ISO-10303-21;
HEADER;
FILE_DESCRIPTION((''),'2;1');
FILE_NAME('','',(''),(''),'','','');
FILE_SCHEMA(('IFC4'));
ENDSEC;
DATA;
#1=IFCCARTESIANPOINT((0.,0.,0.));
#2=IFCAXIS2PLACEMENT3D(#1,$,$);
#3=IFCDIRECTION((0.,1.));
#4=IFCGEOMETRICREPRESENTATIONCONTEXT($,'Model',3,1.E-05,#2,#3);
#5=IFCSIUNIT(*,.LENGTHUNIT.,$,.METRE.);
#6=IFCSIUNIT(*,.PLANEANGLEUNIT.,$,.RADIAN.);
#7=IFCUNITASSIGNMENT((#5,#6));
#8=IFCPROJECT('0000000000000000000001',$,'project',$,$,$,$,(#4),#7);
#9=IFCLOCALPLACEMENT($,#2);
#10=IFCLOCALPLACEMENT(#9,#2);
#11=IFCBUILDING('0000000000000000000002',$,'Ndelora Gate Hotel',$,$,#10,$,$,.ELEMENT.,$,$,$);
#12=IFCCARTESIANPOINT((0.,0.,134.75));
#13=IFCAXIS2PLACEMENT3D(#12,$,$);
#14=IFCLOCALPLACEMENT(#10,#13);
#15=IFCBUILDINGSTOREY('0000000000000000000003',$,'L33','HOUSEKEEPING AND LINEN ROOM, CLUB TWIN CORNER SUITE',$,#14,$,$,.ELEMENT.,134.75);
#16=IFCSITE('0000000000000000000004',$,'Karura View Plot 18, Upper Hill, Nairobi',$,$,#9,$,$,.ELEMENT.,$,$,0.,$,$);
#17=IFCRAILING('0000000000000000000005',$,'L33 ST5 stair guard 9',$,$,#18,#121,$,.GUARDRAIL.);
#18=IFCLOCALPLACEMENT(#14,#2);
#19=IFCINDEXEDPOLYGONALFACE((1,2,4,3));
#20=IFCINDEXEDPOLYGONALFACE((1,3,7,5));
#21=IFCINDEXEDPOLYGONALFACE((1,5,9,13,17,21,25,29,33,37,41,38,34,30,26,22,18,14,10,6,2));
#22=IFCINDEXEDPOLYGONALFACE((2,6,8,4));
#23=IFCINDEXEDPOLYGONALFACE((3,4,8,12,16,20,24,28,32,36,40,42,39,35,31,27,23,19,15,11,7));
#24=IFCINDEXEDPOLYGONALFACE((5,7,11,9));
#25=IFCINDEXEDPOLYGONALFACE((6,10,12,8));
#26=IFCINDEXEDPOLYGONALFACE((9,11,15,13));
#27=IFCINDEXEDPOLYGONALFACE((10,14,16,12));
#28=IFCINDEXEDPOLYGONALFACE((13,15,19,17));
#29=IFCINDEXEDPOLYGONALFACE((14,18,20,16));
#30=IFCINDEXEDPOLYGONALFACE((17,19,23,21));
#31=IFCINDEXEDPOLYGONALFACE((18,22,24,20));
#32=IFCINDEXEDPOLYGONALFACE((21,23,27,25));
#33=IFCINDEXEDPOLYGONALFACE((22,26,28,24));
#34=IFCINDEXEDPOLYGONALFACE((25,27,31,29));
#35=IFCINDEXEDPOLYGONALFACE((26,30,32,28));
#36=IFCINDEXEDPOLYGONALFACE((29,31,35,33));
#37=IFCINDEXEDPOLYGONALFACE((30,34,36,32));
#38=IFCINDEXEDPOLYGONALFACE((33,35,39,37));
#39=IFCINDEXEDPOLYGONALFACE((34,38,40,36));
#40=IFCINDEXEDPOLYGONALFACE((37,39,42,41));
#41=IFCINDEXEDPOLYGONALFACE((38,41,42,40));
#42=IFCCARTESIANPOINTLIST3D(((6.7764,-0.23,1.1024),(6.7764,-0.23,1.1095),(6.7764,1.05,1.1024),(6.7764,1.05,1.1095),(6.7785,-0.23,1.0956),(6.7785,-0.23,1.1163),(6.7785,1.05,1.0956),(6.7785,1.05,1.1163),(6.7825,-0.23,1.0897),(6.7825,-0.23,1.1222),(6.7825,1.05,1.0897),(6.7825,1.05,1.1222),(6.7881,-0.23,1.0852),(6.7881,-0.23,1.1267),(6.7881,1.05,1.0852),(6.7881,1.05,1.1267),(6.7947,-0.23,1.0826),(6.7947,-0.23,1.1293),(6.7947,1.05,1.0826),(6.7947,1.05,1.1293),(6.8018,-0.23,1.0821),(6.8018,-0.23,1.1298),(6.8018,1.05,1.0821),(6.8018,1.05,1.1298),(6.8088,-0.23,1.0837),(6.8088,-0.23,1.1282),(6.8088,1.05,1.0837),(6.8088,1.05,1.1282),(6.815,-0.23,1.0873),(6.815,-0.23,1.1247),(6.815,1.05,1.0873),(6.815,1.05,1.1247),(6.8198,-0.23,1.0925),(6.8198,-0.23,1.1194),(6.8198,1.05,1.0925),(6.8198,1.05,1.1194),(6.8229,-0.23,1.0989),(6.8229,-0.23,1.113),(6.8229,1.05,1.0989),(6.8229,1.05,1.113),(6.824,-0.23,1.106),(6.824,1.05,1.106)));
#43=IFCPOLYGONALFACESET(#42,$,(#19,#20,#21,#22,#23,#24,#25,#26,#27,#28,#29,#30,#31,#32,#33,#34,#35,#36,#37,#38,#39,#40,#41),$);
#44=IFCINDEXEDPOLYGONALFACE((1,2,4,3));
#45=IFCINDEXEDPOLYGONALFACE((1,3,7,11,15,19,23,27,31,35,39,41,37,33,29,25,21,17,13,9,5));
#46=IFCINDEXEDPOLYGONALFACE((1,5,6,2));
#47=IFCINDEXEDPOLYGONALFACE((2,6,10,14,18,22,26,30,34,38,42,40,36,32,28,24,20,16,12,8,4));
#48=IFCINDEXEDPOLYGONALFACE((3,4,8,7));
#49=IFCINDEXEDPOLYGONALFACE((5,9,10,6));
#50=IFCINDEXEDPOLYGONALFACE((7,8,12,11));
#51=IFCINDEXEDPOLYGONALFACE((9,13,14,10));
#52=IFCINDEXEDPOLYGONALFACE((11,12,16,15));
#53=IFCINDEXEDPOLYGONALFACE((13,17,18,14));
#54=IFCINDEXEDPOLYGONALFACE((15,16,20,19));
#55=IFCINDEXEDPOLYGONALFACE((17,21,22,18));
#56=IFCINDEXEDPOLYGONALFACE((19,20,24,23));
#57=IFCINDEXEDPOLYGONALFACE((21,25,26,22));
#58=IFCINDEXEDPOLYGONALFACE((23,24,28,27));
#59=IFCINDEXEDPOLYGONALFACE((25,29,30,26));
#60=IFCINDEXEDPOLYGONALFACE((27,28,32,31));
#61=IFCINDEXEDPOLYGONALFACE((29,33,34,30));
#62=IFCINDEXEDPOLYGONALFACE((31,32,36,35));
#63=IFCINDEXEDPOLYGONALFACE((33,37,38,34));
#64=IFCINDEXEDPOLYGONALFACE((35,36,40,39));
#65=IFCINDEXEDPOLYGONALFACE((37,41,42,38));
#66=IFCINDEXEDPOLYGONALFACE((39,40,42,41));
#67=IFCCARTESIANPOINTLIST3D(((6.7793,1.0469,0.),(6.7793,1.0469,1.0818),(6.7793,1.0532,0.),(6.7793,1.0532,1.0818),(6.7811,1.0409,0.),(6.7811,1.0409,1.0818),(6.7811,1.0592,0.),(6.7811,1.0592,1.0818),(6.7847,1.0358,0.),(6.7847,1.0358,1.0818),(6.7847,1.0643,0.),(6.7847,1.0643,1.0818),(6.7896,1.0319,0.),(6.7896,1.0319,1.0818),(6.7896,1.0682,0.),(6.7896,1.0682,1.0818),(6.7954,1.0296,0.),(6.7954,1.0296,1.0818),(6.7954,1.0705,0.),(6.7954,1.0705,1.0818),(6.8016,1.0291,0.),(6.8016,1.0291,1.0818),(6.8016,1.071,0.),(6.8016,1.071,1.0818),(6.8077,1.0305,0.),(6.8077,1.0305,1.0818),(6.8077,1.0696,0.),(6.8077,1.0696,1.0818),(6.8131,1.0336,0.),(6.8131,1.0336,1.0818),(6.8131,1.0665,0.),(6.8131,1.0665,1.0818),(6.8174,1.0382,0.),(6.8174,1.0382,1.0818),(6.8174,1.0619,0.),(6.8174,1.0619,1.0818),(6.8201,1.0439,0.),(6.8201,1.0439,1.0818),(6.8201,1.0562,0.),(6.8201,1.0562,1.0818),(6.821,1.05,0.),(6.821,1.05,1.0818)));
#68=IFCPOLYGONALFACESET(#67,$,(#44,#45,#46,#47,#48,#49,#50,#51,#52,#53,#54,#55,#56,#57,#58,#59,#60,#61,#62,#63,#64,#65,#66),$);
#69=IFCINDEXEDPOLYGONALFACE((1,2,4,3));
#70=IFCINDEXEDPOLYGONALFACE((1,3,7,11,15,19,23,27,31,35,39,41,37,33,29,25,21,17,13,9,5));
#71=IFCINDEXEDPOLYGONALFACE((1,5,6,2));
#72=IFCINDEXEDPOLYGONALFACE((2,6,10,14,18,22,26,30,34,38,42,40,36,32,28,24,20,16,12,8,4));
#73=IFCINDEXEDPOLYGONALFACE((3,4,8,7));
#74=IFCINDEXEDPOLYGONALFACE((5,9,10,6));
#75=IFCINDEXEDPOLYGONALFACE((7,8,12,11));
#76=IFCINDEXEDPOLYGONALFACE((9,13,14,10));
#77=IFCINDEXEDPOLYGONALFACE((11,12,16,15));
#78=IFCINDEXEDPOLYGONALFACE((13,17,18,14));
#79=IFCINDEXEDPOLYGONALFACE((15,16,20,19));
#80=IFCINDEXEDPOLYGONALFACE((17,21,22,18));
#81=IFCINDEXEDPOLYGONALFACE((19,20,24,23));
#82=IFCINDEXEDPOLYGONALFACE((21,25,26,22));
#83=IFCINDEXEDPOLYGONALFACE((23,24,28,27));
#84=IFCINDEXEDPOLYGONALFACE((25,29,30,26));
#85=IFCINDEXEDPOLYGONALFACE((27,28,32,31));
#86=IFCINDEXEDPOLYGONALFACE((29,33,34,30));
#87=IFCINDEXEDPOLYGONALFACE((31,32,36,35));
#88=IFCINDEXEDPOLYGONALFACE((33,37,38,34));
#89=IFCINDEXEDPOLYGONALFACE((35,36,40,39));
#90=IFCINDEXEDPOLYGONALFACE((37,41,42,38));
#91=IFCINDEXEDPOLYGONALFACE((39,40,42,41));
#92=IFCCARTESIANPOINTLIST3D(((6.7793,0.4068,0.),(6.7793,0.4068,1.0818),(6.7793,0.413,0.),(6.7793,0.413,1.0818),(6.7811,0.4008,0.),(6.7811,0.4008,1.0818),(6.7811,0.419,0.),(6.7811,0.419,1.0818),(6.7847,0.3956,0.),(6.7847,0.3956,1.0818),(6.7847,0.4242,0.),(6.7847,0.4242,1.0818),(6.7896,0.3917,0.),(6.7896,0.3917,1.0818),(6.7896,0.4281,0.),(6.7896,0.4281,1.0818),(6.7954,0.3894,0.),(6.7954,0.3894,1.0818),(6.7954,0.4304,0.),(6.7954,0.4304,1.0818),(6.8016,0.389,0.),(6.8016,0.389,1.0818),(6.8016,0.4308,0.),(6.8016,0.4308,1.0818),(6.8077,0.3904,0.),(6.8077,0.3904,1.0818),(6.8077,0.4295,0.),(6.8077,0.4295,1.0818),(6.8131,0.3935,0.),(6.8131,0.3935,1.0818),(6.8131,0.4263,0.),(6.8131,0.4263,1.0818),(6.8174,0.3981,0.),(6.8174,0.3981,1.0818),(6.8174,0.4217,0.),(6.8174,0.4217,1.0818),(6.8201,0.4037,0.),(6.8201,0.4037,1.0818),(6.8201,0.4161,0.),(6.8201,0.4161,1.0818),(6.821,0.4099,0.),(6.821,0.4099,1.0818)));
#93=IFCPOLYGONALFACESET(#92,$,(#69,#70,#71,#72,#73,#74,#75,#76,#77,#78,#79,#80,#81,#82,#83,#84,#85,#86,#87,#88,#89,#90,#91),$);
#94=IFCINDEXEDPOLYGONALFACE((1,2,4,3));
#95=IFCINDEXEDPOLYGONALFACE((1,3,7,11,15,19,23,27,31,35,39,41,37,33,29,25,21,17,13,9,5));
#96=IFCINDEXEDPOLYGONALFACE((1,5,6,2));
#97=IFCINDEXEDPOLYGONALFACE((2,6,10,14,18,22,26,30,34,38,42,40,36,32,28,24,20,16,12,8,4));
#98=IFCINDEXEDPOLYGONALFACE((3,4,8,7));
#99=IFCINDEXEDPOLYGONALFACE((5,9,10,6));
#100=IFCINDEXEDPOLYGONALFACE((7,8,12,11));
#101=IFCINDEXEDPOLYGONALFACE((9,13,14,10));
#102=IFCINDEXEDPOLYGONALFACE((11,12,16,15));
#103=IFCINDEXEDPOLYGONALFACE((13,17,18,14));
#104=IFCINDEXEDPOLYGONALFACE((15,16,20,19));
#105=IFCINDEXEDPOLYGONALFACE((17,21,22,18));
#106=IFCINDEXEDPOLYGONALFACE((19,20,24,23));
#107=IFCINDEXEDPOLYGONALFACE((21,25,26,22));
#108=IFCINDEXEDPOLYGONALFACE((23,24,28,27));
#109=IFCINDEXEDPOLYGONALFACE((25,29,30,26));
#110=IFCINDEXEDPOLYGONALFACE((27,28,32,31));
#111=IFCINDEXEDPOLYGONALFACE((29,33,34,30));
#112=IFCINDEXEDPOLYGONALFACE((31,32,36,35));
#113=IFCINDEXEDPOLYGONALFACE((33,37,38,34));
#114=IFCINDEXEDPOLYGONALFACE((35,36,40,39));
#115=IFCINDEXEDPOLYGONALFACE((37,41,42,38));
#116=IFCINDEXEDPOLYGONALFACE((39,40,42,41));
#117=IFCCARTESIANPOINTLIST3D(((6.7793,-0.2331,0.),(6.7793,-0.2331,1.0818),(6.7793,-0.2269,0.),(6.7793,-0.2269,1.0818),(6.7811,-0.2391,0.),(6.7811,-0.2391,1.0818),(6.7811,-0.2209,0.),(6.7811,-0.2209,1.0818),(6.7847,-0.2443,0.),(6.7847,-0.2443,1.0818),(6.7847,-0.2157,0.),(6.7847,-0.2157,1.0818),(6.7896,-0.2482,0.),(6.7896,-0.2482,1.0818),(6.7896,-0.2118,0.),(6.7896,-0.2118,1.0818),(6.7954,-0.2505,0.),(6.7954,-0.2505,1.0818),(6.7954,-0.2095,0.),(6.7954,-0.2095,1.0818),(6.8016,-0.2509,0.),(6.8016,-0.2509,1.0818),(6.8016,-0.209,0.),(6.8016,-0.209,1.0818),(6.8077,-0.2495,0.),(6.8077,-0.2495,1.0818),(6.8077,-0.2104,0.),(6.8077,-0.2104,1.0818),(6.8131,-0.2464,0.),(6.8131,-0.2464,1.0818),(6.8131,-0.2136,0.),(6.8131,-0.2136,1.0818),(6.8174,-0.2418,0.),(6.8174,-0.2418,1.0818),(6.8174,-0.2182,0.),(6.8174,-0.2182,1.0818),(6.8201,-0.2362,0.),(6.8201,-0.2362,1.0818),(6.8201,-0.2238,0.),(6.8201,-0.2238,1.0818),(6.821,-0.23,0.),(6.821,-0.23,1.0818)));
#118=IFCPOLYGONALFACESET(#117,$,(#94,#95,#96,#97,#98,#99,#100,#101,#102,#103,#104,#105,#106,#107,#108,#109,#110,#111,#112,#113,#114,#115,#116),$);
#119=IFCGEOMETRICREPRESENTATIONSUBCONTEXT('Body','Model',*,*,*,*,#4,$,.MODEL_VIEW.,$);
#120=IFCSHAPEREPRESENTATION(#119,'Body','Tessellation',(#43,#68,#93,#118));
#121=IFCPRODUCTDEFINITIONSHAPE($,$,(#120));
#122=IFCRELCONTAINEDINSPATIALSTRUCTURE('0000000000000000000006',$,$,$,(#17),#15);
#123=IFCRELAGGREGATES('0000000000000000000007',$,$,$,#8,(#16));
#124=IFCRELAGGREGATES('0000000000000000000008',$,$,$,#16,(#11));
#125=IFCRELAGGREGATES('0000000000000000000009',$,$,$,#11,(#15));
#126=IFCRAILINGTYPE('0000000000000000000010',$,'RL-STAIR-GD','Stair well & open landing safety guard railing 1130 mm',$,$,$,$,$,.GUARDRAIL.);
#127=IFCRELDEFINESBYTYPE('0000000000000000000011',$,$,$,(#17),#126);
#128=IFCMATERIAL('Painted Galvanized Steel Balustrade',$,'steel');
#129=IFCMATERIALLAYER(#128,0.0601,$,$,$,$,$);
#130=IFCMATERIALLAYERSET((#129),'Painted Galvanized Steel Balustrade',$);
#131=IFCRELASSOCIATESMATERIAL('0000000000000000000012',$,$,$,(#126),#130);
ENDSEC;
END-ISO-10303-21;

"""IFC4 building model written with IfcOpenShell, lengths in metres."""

from ifc_helpers import new_model, si_unit, direction, frame, origin, origin_2d, place, context, subcontext, project, spatial, circle, extrude, material, layer, layer_set, type_object, element, save


model = new_model("IFC4")

# Units and contexts
model_context = context("Model", 3, precision=1e-05, world=origin(), true_north=direction((0.0, 1.0)))
body_context = subcontext(model_context, "Body", "Model", "MODEL_VIEW")
ifc_project = project(units=[si_unit("LENGTHUNIT", "METRE"), si_unit("PLANEANGLEUNIT", "RADIAN")], contexts=[model_context])

# Site, building, storey
site_placement = place(None, origin())
site = spatial("IfcSite", under=ifc_project, at=site_placement, Name="Karura View Plot 18, Upper Hill, Nairobi", CompositionType="ELEMENT", RefElevation=0.0)
building_placement = place(site_placement, origin())
building = spatial("IfcBuilding", under=site, at=building_placement, Name="Ndelora Gate Hotel", CompositionType="ELEMENT")
storey_placement = place(building_placement, frame((0.0, 0.0, 134.75)))
storey = spatial("IfcBuildingStorey", under=building, at=storey_placement, Name="L33", Description="HOUSEKEEPING AND LINEN ROOM, CLUB TWIN CORNER SUITE", CompositionType="ELEMENT", Elevation=134.75)

# Railing
ifc_material_1 = material(Name="Painted Galvanized Steel Balustrade", Category="steel")
ifc_layer_1 = layer(ifc_material_1, 0.0601)
ifc_layer_set_1 = layer_set([ifc_layer_1], Name="Painted Galvanized Steel Balustrade")
railing_type = type_object("IfcRailingType", Name="RL-STAIR-GD", Description="Stair well & open landing safety guard railing 1130 mm", PredefinedType="GUARDRAIL", material=ifc_layer_set_1)
for number, where, name in (
    (1, (6.8, 1.05, 0.0), "L33 ST5 stair guard 9"),
):
    element("IfcRailing", number, at=place(storey_placement, frame(where)), inside=storey, type_object=railing_type, Name=name, PredefinedType="GUARDRAIL", context=body_context, shape_type="SweptSolid", body=[
        extrude(circle(Radius=0.0239, at=origin_2d()), frame((0.0, 0.0, 1.106), z_axis=(0.0, -1.0, 0.0), x_axis=(1.0, 0.0, 0.0)), (0.0, 0.0, 1.0), 1.28),
        extrude(circle(Radius=0.021, at=origin_2d()), origin(), (0.0, 0.0, 1.0), 1.0818),
        extrude(circle(Radius=0.021, at=origin_2d()), frame((0.0, -0.6401, 0.0)), (0.0, 0.0, 1.0), 1.0818),
        extrude(circle(Radius=0.021, at=origin_2d()), frame((0.0, -1.28, 0.0)), (0.0, 0.0, 1.0), 1.0818),
    ])

save(model, "model.ifc")
